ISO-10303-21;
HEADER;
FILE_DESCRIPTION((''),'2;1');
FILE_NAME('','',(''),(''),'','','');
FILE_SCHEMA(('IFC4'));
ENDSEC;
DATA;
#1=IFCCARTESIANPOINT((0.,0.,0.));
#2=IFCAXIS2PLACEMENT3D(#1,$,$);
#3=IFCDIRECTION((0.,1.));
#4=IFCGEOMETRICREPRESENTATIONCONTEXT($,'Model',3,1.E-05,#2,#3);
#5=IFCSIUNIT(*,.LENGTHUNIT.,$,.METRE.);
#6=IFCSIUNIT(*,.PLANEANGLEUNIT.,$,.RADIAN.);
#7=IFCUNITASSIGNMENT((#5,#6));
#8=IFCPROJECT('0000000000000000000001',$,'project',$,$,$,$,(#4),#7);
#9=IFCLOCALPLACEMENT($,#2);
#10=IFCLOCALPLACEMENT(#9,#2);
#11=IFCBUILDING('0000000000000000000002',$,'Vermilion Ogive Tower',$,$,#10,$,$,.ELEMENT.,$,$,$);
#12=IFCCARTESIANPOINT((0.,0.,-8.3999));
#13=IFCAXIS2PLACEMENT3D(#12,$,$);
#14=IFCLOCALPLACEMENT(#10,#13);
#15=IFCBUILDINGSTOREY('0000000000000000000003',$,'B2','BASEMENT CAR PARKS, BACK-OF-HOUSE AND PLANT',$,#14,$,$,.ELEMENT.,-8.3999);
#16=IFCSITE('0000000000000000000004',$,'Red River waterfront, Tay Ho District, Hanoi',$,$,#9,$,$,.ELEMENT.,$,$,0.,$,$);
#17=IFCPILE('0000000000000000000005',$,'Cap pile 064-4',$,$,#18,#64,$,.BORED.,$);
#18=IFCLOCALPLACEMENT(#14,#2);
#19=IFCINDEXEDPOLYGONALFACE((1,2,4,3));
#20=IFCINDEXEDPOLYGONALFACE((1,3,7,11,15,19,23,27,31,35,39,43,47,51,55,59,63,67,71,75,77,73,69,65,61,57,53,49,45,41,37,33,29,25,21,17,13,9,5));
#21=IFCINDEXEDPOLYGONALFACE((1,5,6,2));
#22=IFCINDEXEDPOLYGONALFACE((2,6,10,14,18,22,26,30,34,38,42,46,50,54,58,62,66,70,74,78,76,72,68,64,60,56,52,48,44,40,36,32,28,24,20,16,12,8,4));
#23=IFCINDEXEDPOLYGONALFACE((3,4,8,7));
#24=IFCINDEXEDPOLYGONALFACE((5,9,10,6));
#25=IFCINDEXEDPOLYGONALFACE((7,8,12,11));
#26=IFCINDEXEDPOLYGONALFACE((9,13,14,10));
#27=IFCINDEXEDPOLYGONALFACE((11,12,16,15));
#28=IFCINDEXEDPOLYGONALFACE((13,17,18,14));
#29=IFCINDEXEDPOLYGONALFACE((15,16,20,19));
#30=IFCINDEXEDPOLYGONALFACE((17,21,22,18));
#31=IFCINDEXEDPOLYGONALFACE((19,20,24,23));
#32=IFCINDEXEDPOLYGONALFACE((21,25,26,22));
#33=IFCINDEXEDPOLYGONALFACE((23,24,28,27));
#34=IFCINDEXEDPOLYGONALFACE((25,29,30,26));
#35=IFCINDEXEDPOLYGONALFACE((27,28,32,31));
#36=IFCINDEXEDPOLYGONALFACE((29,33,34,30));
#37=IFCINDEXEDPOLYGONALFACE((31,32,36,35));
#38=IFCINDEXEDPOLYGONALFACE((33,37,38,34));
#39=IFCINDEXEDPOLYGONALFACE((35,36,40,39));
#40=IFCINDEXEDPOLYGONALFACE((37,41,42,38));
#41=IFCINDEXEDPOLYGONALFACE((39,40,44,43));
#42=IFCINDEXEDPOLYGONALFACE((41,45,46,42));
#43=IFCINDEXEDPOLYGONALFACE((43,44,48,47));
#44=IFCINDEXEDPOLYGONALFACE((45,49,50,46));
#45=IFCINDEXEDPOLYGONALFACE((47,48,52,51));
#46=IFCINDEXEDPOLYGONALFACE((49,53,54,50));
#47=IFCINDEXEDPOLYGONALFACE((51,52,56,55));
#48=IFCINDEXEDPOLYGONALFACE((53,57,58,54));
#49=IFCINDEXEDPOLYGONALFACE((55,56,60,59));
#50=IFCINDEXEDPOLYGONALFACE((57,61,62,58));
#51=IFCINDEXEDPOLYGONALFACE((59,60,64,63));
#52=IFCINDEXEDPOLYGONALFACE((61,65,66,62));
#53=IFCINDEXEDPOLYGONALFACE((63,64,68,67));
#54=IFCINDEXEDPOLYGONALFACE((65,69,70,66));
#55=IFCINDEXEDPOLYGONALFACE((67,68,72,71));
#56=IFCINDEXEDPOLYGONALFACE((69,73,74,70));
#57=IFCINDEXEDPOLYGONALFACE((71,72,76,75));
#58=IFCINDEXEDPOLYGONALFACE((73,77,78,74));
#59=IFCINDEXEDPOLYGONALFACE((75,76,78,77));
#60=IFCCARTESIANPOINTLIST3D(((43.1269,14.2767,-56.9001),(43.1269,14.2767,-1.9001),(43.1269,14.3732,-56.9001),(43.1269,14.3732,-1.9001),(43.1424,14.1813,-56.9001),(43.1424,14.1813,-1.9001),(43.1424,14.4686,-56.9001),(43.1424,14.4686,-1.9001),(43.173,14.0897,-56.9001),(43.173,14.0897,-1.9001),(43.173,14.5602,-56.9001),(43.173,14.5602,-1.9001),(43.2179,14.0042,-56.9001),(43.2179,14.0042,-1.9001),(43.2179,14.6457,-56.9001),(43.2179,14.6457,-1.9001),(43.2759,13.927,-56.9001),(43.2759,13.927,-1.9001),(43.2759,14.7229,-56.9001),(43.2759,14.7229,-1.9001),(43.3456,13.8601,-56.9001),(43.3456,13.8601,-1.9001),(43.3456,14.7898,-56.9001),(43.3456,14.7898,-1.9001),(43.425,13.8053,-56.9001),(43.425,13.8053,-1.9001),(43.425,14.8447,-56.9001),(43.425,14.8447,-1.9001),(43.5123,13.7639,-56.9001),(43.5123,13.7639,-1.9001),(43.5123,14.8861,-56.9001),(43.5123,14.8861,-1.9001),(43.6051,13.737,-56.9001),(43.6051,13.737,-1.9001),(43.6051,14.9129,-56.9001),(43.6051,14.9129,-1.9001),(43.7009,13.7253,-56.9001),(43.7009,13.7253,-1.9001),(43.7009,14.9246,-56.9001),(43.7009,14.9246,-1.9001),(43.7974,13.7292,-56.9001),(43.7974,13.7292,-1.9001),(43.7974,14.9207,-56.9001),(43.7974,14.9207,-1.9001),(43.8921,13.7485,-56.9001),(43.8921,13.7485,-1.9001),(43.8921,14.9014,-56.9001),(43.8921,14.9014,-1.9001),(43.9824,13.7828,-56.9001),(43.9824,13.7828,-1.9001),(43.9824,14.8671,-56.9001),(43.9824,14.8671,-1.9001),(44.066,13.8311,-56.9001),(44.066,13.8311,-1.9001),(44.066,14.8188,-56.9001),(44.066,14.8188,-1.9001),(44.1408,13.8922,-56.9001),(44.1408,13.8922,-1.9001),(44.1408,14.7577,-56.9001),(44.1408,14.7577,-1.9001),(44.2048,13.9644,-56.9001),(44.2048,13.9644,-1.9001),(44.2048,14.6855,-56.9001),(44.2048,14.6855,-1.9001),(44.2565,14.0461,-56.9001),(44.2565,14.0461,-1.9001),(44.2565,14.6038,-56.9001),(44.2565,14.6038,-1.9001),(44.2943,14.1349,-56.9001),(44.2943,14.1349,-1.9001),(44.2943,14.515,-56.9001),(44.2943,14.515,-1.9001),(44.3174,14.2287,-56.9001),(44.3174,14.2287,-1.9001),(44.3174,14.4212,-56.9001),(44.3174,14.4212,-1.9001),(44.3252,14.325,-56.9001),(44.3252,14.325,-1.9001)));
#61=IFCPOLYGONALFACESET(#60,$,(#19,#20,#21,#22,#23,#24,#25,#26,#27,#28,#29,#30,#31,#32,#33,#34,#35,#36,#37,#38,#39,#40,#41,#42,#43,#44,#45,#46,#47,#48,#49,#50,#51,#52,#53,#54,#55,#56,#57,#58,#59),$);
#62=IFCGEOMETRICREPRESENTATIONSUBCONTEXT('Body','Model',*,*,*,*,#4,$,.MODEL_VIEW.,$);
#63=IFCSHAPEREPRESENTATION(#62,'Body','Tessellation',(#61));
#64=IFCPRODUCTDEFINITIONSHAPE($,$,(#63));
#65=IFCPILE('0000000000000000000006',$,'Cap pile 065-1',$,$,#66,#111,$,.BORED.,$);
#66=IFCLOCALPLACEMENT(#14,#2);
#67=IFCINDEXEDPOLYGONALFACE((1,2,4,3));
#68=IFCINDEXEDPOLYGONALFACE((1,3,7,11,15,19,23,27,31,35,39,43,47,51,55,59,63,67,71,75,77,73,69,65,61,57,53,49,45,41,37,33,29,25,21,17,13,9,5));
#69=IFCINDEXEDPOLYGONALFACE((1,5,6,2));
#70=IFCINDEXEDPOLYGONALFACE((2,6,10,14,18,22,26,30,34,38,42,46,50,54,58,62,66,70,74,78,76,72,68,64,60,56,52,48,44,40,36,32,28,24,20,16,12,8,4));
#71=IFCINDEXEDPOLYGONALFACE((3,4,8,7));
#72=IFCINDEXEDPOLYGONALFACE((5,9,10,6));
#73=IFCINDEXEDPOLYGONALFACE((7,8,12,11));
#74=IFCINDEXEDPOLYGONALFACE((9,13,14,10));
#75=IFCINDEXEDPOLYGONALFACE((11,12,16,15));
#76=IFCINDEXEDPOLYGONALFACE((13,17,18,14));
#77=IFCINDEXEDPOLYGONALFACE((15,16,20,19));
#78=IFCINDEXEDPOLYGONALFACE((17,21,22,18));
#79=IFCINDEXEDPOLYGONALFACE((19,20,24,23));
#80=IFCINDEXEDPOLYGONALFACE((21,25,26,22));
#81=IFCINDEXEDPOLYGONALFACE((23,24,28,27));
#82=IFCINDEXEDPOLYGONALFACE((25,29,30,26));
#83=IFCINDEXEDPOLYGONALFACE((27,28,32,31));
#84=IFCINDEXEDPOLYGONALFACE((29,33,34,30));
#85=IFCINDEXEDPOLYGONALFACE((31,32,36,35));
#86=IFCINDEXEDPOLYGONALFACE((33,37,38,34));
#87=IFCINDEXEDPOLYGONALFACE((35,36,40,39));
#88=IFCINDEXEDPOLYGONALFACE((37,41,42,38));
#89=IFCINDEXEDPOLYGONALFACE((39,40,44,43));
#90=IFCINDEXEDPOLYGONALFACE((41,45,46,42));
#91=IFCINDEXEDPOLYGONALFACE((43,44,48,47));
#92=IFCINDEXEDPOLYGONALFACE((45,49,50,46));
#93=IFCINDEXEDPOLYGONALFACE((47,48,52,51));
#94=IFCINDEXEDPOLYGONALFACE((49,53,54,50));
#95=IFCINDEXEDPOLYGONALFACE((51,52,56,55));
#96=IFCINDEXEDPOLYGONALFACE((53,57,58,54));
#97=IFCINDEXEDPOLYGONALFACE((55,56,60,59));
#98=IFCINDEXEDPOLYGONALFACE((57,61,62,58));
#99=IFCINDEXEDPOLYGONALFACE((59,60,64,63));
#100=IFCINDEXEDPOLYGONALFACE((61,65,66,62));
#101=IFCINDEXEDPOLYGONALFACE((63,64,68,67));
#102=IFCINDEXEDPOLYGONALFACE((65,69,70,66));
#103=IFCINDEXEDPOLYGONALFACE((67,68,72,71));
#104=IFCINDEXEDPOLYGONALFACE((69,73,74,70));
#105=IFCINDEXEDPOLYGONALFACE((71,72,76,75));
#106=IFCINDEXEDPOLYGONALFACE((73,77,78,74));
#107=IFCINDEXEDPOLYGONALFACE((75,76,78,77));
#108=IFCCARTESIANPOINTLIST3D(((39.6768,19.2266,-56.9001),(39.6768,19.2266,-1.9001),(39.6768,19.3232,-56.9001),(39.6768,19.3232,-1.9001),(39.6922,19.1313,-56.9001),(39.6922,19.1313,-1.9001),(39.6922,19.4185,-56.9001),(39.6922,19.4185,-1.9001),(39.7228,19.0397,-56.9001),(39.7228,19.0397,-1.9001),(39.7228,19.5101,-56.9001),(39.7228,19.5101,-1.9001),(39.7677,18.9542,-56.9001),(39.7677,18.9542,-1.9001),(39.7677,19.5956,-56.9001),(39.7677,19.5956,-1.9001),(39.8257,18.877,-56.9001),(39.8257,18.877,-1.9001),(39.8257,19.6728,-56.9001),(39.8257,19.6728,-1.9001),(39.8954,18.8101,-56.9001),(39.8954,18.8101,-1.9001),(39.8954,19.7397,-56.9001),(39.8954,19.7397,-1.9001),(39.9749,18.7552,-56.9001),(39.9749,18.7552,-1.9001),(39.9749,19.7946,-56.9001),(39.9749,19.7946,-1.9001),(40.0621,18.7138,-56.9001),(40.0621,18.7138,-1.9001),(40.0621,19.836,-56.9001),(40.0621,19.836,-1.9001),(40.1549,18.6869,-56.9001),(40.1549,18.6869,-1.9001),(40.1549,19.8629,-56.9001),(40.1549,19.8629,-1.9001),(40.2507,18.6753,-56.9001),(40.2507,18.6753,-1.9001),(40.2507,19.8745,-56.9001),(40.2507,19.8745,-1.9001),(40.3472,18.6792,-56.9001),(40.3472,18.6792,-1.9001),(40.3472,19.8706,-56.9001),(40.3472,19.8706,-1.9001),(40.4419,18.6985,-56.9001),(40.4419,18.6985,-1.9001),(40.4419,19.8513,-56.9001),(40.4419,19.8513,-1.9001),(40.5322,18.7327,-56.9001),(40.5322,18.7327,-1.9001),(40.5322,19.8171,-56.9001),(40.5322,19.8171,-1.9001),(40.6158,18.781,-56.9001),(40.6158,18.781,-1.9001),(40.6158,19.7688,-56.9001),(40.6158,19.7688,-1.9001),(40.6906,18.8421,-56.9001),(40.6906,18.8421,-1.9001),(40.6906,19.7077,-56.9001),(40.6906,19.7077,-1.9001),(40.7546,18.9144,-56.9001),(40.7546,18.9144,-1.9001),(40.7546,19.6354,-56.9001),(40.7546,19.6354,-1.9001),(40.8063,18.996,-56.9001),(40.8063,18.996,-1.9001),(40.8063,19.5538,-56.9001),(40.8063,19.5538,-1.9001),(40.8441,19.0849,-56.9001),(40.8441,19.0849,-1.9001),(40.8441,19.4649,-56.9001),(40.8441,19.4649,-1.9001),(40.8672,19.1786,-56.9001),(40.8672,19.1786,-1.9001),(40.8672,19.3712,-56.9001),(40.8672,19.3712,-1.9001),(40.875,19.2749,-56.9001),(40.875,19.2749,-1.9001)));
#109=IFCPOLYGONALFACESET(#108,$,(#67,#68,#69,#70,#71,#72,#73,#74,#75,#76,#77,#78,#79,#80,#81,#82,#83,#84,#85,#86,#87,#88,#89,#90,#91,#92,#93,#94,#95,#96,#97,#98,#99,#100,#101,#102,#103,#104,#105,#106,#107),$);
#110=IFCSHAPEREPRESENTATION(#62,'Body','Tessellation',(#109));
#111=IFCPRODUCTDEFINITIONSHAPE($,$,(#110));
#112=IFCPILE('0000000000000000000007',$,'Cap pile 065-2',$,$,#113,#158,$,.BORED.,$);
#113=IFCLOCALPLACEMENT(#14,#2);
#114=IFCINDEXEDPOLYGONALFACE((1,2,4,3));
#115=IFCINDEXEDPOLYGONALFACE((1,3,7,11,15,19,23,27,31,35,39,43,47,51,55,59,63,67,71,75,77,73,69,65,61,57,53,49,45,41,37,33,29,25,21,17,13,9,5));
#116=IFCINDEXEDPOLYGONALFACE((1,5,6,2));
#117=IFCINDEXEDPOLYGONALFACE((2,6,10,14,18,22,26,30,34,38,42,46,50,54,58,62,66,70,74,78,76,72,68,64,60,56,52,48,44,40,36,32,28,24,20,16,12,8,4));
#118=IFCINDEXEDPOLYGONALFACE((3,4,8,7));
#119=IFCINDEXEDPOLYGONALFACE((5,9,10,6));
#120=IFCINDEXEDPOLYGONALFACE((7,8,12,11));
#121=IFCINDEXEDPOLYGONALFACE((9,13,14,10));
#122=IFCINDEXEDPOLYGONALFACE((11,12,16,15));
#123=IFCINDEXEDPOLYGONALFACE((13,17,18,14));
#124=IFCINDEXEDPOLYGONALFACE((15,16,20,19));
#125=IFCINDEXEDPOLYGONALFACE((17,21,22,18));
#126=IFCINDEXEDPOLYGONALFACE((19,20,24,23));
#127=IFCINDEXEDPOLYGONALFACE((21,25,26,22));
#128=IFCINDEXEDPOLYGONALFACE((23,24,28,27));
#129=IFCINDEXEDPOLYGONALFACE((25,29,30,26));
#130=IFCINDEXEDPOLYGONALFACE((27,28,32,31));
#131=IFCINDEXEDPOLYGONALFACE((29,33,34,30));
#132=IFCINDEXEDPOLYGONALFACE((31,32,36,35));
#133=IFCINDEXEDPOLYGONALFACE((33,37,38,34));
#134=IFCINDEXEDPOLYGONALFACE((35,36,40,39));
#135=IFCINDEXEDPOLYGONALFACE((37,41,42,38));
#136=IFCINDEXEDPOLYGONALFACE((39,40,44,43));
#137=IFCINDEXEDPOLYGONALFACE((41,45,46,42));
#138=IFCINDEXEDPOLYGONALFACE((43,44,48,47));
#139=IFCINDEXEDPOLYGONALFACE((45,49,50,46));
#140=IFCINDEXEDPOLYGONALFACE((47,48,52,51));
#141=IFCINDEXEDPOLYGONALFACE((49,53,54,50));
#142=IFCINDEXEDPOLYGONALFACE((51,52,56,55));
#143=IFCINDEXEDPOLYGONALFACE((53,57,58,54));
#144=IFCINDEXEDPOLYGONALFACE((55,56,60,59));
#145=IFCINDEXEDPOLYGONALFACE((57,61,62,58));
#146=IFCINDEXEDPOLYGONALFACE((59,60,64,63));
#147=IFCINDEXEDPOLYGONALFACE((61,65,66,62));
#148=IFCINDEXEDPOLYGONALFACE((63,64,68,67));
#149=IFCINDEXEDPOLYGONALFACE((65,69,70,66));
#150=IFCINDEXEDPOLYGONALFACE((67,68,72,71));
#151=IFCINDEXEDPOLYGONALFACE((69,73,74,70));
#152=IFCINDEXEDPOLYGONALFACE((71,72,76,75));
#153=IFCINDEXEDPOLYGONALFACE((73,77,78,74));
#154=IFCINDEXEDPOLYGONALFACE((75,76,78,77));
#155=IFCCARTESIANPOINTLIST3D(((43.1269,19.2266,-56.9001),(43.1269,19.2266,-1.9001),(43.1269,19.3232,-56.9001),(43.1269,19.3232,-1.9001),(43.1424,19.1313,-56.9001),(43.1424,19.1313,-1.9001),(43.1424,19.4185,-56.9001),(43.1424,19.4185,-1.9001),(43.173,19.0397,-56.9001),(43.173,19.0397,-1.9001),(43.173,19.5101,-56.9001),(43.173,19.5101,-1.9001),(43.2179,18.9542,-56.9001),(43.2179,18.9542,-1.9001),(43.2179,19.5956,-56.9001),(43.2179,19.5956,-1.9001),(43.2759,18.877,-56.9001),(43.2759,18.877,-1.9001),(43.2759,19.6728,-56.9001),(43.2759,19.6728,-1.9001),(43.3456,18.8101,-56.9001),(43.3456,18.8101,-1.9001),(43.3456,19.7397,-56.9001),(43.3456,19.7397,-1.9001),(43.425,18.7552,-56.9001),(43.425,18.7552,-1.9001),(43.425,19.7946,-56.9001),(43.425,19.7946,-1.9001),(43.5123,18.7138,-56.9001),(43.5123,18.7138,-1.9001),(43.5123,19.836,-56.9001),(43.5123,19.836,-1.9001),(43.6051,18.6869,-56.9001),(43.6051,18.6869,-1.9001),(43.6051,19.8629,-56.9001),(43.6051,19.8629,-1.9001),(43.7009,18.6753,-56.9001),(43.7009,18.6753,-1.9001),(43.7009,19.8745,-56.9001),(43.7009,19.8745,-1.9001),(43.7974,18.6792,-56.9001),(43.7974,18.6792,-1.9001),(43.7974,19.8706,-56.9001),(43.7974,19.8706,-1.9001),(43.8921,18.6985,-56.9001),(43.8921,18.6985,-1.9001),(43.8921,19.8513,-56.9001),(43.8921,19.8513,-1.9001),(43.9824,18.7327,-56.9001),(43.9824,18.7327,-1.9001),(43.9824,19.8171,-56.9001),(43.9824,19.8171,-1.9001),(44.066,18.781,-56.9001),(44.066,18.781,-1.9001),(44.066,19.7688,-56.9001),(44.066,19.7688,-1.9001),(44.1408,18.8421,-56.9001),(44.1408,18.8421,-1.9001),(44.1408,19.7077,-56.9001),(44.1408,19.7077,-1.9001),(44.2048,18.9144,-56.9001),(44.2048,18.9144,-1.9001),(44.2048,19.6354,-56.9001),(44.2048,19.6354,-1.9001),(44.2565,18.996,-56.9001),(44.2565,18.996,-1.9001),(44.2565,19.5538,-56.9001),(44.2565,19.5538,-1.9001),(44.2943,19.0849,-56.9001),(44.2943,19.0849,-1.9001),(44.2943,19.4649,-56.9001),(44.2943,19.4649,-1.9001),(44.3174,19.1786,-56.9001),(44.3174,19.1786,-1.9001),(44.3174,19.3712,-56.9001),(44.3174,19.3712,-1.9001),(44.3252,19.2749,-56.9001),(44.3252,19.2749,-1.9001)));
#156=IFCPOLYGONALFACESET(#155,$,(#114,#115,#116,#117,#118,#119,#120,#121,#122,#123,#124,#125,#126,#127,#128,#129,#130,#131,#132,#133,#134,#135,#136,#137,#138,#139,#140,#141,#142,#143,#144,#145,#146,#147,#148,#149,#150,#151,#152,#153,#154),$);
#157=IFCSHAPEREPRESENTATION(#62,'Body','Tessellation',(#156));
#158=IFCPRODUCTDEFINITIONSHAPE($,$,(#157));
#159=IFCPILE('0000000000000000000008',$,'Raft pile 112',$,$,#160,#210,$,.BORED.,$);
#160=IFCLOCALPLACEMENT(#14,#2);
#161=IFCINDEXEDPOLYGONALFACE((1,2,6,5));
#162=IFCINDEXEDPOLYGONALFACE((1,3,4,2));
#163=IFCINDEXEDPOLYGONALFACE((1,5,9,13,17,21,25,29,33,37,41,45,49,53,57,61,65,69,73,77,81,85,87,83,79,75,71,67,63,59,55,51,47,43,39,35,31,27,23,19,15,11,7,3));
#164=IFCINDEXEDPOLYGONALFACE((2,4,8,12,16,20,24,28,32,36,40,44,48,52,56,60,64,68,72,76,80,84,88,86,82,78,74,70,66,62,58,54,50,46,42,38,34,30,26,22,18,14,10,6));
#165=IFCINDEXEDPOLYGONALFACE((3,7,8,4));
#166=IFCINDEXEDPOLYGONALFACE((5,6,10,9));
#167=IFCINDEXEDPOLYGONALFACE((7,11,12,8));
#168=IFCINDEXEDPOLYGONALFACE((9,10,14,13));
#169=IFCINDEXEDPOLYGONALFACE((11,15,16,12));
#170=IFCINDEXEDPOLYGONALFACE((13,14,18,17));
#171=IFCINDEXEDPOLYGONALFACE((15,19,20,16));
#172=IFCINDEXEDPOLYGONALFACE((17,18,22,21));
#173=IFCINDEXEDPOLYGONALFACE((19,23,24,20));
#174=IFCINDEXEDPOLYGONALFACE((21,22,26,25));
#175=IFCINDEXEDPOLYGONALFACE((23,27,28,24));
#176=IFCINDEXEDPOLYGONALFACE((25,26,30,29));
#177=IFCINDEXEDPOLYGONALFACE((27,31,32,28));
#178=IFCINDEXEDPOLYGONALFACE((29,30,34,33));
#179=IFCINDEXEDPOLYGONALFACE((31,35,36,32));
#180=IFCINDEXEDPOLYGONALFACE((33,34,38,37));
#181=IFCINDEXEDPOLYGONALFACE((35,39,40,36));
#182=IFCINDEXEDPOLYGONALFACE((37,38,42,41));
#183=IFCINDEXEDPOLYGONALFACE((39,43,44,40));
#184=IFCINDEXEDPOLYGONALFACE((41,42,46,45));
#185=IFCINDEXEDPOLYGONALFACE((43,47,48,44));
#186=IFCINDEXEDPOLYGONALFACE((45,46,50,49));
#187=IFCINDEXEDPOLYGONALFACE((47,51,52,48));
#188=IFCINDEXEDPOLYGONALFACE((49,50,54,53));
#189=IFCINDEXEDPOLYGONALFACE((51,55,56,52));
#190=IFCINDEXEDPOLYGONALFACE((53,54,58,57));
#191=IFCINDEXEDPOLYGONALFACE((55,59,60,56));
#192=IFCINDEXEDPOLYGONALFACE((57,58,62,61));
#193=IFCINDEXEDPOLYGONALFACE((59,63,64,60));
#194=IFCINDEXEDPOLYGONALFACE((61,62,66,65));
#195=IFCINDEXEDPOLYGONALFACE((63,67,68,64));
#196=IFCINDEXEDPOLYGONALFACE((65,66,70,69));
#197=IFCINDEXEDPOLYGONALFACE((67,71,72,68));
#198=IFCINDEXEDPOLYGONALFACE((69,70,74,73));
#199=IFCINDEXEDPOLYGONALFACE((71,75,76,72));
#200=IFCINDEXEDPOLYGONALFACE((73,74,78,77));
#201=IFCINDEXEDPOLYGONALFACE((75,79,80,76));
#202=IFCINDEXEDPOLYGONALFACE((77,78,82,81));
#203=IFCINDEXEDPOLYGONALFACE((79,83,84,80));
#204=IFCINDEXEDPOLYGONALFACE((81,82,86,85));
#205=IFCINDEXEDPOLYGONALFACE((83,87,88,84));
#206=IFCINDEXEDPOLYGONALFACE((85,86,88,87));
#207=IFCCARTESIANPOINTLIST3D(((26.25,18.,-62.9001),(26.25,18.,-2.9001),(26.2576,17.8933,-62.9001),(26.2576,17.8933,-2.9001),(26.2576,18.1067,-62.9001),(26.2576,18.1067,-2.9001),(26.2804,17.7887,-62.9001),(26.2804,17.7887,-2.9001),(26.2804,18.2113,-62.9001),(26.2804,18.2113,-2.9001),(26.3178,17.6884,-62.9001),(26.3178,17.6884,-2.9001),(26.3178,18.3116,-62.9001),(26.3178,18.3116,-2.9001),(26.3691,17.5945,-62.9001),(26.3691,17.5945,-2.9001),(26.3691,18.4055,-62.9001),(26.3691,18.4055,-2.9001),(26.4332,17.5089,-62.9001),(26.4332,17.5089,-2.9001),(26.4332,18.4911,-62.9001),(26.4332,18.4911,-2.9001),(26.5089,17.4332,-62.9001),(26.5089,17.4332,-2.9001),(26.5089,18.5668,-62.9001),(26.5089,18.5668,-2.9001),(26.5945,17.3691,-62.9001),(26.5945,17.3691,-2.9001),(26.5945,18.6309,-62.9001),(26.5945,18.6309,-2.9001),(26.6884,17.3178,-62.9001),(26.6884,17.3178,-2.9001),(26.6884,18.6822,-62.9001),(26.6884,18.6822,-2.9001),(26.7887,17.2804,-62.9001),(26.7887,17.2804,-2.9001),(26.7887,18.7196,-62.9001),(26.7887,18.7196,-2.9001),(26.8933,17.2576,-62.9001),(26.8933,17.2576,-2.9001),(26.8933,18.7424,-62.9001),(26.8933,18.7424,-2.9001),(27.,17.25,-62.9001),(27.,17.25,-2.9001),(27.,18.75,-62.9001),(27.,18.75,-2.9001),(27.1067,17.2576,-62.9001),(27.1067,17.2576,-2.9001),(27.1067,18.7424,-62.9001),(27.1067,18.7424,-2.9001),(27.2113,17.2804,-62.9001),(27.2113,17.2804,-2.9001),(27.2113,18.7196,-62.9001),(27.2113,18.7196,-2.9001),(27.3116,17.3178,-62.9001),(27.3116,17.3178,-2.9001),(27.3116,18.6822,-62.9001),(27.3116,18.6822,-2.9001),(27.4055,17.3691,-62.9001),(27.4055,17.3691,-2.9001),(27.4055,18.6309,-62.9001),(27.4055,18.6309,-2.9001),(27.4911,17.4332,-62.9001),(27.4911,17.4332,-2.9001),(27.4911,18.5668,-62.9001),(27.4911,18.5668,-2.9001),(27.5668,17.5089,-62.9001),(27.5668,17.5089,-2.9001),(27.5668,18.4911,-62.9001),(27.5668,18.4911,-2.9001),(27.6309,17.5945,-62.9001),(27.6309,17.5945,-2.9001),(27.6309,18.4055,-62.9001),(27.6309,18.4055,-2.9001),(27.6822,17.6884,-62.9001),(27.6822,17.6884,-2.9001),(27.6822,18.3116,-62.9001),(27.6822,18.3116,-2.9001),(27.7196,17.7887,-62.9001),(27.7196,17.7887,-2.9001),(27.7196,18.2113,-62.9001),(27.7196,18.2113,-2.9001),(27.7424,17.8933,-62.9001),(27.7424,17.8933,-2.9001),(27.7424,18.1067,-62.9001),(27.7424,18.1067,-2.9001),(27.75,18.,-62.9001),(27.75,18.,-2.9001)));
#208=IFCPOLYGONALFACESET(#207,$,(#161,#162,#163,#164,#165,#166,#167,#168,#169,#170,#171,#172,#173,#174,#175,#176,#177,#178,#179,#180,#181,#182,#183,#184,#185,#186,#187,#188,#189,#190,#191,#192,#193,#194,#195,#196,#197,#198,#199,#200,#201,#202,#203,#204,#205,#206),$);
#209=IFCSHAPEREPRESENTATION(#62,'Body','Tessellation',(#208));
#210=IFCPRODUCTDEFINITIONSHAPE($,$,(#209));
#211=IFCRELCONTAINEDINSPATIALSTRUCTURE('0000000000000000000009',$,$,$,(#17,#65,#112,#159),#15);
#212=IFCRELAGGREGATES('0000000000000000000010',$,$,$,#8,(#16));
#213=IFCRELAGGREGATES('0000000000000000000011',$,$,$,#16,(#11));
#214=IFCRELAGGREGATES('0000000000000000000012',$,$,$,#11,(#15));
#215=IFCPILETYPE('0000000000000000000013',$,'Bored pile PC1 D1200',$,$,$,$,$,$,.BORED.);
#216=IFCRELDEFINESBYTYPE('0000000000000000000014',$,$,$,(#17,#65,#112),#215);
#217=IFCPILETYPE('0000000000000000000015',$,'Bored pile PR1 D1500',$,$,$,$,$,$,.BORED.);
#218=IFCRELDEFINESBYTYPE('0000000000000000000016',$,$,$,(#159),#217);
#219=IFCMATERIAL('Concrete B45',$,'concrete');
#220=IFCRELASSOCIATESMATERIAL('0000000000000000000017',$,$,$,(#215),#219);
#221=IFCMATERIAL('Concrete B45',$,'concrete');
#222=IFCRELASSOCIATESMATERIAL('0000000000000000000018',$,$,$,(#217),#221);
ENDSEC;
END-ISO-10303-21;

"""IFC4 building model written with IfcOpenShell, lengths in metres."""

from ifc_helpers import new_model, si_unit, direction, frame, origin, origin_2d, place, context, subcontext, project, spatial, circle, extrude, material, type_object, element, save


model = new_model("IFC4")

# Units and contexts
model_context = context("Model", 3, precision=1e-05, world=origin(), true_north=direction((0.0, 1.0)))
body_context = subcontext(model_context, "Body", "Model", "MODEL_VIEW")
ifc_project = project(units=[si_unit("LENGTHUNIT", "METRE"), si_unit("PLANEANGLEUNIT", "RADIAN")], contexts=[model_context])

# Site, building, storey
site_placement = place(None, origin())
site = spatial("IfcSite", under=ifc_project, at=site_placement, Name="Red River waterfront, Tay Ho District, Hanoi", CompositionType="ELEMENT", RefElevation=0.0)
building_placement = place(site_placement, origin())
building = spatial("IfcBuilding", under=site, at=building_placement, Name="Vermilion Ogive Tower", CompositionType="ELEMENT")
storey_placement = place(building_placement, frame((0.0, 0.0, -8.3999)))
storey = spatial("IfcBuildingStorey", under=building, at=storey_placement, Name="B2", Description="BASEMENT CAR PARKS, BACK-OF-HOUSE AND PLANT", CompositionType="ELEMENT", Elevation=-8.3999)

# Piles
ifc_material_1 = material(Name="Concrete B45", Category="concrete")
pile_type_1 = type_object("IfcPileType", Name="Bored pile PC1 D1200", PredefinedType="BORED", material=ifc_material_1)
for number, where, z_axis, x_axis, name in (
    (1, (43.7251, 14.325, -1.9001), (0.0, 0.0, -1.0), (1.0, 0.0, 0.0), "Cap pile 064-4"),
    (2, (40.2749, 19.2749, -1.9001), (0.0, 0.0, -1.0), (1.0, 0.0, 0.0), "Cap pile 065-1"),
    (3, (43.7251, 19.2749, -1.9001), (0.0, 0.0, -1.0), (1.0, 0.0, 0.0), "Cap pile 065-2"),
):
    element("IfcPile", number, at=place(storey_placement, frame(where, z_axis=z_axis, x_axis=x_axis)), inside=storey, type_object=pile_type_1, Name=name, PredefinedType="BORED", context=body_context, shape_type="SweptSolid", body=[
        extrude(circle(Radius=0.6001, at=origin_2d()), origin(), (0.0, 0.0, 1.0), 55.0),
    ])
ifc_material_2 = material(Name="Concrete B45", Category="concrete")
pile_type_2 = type_object("IfcPileType", Name="Bored pile PR1 D1500", PredefinedType="BORED", material=ifc_material_2)
pile_placement = place(storey_placement, frame((27.0, 18.0, -2.9001), z_axis=(0.0, 0.0, -1.0), x_axis=(1.0, 0.0, 0.0)))
element("IfcPile", 4, at=pile_placement, inside=storey, type_object=pile_type_2, Name="Raft pile 112", PredefinedType="BORED", context=body_context, shape_type="SweptSolid", body=[
    extrude(circle(Radius=0.75, at=origin_2d()), origin(), (0.0, 0.0, 1.0), 60.0),
])

save(model, "model.ifc")
